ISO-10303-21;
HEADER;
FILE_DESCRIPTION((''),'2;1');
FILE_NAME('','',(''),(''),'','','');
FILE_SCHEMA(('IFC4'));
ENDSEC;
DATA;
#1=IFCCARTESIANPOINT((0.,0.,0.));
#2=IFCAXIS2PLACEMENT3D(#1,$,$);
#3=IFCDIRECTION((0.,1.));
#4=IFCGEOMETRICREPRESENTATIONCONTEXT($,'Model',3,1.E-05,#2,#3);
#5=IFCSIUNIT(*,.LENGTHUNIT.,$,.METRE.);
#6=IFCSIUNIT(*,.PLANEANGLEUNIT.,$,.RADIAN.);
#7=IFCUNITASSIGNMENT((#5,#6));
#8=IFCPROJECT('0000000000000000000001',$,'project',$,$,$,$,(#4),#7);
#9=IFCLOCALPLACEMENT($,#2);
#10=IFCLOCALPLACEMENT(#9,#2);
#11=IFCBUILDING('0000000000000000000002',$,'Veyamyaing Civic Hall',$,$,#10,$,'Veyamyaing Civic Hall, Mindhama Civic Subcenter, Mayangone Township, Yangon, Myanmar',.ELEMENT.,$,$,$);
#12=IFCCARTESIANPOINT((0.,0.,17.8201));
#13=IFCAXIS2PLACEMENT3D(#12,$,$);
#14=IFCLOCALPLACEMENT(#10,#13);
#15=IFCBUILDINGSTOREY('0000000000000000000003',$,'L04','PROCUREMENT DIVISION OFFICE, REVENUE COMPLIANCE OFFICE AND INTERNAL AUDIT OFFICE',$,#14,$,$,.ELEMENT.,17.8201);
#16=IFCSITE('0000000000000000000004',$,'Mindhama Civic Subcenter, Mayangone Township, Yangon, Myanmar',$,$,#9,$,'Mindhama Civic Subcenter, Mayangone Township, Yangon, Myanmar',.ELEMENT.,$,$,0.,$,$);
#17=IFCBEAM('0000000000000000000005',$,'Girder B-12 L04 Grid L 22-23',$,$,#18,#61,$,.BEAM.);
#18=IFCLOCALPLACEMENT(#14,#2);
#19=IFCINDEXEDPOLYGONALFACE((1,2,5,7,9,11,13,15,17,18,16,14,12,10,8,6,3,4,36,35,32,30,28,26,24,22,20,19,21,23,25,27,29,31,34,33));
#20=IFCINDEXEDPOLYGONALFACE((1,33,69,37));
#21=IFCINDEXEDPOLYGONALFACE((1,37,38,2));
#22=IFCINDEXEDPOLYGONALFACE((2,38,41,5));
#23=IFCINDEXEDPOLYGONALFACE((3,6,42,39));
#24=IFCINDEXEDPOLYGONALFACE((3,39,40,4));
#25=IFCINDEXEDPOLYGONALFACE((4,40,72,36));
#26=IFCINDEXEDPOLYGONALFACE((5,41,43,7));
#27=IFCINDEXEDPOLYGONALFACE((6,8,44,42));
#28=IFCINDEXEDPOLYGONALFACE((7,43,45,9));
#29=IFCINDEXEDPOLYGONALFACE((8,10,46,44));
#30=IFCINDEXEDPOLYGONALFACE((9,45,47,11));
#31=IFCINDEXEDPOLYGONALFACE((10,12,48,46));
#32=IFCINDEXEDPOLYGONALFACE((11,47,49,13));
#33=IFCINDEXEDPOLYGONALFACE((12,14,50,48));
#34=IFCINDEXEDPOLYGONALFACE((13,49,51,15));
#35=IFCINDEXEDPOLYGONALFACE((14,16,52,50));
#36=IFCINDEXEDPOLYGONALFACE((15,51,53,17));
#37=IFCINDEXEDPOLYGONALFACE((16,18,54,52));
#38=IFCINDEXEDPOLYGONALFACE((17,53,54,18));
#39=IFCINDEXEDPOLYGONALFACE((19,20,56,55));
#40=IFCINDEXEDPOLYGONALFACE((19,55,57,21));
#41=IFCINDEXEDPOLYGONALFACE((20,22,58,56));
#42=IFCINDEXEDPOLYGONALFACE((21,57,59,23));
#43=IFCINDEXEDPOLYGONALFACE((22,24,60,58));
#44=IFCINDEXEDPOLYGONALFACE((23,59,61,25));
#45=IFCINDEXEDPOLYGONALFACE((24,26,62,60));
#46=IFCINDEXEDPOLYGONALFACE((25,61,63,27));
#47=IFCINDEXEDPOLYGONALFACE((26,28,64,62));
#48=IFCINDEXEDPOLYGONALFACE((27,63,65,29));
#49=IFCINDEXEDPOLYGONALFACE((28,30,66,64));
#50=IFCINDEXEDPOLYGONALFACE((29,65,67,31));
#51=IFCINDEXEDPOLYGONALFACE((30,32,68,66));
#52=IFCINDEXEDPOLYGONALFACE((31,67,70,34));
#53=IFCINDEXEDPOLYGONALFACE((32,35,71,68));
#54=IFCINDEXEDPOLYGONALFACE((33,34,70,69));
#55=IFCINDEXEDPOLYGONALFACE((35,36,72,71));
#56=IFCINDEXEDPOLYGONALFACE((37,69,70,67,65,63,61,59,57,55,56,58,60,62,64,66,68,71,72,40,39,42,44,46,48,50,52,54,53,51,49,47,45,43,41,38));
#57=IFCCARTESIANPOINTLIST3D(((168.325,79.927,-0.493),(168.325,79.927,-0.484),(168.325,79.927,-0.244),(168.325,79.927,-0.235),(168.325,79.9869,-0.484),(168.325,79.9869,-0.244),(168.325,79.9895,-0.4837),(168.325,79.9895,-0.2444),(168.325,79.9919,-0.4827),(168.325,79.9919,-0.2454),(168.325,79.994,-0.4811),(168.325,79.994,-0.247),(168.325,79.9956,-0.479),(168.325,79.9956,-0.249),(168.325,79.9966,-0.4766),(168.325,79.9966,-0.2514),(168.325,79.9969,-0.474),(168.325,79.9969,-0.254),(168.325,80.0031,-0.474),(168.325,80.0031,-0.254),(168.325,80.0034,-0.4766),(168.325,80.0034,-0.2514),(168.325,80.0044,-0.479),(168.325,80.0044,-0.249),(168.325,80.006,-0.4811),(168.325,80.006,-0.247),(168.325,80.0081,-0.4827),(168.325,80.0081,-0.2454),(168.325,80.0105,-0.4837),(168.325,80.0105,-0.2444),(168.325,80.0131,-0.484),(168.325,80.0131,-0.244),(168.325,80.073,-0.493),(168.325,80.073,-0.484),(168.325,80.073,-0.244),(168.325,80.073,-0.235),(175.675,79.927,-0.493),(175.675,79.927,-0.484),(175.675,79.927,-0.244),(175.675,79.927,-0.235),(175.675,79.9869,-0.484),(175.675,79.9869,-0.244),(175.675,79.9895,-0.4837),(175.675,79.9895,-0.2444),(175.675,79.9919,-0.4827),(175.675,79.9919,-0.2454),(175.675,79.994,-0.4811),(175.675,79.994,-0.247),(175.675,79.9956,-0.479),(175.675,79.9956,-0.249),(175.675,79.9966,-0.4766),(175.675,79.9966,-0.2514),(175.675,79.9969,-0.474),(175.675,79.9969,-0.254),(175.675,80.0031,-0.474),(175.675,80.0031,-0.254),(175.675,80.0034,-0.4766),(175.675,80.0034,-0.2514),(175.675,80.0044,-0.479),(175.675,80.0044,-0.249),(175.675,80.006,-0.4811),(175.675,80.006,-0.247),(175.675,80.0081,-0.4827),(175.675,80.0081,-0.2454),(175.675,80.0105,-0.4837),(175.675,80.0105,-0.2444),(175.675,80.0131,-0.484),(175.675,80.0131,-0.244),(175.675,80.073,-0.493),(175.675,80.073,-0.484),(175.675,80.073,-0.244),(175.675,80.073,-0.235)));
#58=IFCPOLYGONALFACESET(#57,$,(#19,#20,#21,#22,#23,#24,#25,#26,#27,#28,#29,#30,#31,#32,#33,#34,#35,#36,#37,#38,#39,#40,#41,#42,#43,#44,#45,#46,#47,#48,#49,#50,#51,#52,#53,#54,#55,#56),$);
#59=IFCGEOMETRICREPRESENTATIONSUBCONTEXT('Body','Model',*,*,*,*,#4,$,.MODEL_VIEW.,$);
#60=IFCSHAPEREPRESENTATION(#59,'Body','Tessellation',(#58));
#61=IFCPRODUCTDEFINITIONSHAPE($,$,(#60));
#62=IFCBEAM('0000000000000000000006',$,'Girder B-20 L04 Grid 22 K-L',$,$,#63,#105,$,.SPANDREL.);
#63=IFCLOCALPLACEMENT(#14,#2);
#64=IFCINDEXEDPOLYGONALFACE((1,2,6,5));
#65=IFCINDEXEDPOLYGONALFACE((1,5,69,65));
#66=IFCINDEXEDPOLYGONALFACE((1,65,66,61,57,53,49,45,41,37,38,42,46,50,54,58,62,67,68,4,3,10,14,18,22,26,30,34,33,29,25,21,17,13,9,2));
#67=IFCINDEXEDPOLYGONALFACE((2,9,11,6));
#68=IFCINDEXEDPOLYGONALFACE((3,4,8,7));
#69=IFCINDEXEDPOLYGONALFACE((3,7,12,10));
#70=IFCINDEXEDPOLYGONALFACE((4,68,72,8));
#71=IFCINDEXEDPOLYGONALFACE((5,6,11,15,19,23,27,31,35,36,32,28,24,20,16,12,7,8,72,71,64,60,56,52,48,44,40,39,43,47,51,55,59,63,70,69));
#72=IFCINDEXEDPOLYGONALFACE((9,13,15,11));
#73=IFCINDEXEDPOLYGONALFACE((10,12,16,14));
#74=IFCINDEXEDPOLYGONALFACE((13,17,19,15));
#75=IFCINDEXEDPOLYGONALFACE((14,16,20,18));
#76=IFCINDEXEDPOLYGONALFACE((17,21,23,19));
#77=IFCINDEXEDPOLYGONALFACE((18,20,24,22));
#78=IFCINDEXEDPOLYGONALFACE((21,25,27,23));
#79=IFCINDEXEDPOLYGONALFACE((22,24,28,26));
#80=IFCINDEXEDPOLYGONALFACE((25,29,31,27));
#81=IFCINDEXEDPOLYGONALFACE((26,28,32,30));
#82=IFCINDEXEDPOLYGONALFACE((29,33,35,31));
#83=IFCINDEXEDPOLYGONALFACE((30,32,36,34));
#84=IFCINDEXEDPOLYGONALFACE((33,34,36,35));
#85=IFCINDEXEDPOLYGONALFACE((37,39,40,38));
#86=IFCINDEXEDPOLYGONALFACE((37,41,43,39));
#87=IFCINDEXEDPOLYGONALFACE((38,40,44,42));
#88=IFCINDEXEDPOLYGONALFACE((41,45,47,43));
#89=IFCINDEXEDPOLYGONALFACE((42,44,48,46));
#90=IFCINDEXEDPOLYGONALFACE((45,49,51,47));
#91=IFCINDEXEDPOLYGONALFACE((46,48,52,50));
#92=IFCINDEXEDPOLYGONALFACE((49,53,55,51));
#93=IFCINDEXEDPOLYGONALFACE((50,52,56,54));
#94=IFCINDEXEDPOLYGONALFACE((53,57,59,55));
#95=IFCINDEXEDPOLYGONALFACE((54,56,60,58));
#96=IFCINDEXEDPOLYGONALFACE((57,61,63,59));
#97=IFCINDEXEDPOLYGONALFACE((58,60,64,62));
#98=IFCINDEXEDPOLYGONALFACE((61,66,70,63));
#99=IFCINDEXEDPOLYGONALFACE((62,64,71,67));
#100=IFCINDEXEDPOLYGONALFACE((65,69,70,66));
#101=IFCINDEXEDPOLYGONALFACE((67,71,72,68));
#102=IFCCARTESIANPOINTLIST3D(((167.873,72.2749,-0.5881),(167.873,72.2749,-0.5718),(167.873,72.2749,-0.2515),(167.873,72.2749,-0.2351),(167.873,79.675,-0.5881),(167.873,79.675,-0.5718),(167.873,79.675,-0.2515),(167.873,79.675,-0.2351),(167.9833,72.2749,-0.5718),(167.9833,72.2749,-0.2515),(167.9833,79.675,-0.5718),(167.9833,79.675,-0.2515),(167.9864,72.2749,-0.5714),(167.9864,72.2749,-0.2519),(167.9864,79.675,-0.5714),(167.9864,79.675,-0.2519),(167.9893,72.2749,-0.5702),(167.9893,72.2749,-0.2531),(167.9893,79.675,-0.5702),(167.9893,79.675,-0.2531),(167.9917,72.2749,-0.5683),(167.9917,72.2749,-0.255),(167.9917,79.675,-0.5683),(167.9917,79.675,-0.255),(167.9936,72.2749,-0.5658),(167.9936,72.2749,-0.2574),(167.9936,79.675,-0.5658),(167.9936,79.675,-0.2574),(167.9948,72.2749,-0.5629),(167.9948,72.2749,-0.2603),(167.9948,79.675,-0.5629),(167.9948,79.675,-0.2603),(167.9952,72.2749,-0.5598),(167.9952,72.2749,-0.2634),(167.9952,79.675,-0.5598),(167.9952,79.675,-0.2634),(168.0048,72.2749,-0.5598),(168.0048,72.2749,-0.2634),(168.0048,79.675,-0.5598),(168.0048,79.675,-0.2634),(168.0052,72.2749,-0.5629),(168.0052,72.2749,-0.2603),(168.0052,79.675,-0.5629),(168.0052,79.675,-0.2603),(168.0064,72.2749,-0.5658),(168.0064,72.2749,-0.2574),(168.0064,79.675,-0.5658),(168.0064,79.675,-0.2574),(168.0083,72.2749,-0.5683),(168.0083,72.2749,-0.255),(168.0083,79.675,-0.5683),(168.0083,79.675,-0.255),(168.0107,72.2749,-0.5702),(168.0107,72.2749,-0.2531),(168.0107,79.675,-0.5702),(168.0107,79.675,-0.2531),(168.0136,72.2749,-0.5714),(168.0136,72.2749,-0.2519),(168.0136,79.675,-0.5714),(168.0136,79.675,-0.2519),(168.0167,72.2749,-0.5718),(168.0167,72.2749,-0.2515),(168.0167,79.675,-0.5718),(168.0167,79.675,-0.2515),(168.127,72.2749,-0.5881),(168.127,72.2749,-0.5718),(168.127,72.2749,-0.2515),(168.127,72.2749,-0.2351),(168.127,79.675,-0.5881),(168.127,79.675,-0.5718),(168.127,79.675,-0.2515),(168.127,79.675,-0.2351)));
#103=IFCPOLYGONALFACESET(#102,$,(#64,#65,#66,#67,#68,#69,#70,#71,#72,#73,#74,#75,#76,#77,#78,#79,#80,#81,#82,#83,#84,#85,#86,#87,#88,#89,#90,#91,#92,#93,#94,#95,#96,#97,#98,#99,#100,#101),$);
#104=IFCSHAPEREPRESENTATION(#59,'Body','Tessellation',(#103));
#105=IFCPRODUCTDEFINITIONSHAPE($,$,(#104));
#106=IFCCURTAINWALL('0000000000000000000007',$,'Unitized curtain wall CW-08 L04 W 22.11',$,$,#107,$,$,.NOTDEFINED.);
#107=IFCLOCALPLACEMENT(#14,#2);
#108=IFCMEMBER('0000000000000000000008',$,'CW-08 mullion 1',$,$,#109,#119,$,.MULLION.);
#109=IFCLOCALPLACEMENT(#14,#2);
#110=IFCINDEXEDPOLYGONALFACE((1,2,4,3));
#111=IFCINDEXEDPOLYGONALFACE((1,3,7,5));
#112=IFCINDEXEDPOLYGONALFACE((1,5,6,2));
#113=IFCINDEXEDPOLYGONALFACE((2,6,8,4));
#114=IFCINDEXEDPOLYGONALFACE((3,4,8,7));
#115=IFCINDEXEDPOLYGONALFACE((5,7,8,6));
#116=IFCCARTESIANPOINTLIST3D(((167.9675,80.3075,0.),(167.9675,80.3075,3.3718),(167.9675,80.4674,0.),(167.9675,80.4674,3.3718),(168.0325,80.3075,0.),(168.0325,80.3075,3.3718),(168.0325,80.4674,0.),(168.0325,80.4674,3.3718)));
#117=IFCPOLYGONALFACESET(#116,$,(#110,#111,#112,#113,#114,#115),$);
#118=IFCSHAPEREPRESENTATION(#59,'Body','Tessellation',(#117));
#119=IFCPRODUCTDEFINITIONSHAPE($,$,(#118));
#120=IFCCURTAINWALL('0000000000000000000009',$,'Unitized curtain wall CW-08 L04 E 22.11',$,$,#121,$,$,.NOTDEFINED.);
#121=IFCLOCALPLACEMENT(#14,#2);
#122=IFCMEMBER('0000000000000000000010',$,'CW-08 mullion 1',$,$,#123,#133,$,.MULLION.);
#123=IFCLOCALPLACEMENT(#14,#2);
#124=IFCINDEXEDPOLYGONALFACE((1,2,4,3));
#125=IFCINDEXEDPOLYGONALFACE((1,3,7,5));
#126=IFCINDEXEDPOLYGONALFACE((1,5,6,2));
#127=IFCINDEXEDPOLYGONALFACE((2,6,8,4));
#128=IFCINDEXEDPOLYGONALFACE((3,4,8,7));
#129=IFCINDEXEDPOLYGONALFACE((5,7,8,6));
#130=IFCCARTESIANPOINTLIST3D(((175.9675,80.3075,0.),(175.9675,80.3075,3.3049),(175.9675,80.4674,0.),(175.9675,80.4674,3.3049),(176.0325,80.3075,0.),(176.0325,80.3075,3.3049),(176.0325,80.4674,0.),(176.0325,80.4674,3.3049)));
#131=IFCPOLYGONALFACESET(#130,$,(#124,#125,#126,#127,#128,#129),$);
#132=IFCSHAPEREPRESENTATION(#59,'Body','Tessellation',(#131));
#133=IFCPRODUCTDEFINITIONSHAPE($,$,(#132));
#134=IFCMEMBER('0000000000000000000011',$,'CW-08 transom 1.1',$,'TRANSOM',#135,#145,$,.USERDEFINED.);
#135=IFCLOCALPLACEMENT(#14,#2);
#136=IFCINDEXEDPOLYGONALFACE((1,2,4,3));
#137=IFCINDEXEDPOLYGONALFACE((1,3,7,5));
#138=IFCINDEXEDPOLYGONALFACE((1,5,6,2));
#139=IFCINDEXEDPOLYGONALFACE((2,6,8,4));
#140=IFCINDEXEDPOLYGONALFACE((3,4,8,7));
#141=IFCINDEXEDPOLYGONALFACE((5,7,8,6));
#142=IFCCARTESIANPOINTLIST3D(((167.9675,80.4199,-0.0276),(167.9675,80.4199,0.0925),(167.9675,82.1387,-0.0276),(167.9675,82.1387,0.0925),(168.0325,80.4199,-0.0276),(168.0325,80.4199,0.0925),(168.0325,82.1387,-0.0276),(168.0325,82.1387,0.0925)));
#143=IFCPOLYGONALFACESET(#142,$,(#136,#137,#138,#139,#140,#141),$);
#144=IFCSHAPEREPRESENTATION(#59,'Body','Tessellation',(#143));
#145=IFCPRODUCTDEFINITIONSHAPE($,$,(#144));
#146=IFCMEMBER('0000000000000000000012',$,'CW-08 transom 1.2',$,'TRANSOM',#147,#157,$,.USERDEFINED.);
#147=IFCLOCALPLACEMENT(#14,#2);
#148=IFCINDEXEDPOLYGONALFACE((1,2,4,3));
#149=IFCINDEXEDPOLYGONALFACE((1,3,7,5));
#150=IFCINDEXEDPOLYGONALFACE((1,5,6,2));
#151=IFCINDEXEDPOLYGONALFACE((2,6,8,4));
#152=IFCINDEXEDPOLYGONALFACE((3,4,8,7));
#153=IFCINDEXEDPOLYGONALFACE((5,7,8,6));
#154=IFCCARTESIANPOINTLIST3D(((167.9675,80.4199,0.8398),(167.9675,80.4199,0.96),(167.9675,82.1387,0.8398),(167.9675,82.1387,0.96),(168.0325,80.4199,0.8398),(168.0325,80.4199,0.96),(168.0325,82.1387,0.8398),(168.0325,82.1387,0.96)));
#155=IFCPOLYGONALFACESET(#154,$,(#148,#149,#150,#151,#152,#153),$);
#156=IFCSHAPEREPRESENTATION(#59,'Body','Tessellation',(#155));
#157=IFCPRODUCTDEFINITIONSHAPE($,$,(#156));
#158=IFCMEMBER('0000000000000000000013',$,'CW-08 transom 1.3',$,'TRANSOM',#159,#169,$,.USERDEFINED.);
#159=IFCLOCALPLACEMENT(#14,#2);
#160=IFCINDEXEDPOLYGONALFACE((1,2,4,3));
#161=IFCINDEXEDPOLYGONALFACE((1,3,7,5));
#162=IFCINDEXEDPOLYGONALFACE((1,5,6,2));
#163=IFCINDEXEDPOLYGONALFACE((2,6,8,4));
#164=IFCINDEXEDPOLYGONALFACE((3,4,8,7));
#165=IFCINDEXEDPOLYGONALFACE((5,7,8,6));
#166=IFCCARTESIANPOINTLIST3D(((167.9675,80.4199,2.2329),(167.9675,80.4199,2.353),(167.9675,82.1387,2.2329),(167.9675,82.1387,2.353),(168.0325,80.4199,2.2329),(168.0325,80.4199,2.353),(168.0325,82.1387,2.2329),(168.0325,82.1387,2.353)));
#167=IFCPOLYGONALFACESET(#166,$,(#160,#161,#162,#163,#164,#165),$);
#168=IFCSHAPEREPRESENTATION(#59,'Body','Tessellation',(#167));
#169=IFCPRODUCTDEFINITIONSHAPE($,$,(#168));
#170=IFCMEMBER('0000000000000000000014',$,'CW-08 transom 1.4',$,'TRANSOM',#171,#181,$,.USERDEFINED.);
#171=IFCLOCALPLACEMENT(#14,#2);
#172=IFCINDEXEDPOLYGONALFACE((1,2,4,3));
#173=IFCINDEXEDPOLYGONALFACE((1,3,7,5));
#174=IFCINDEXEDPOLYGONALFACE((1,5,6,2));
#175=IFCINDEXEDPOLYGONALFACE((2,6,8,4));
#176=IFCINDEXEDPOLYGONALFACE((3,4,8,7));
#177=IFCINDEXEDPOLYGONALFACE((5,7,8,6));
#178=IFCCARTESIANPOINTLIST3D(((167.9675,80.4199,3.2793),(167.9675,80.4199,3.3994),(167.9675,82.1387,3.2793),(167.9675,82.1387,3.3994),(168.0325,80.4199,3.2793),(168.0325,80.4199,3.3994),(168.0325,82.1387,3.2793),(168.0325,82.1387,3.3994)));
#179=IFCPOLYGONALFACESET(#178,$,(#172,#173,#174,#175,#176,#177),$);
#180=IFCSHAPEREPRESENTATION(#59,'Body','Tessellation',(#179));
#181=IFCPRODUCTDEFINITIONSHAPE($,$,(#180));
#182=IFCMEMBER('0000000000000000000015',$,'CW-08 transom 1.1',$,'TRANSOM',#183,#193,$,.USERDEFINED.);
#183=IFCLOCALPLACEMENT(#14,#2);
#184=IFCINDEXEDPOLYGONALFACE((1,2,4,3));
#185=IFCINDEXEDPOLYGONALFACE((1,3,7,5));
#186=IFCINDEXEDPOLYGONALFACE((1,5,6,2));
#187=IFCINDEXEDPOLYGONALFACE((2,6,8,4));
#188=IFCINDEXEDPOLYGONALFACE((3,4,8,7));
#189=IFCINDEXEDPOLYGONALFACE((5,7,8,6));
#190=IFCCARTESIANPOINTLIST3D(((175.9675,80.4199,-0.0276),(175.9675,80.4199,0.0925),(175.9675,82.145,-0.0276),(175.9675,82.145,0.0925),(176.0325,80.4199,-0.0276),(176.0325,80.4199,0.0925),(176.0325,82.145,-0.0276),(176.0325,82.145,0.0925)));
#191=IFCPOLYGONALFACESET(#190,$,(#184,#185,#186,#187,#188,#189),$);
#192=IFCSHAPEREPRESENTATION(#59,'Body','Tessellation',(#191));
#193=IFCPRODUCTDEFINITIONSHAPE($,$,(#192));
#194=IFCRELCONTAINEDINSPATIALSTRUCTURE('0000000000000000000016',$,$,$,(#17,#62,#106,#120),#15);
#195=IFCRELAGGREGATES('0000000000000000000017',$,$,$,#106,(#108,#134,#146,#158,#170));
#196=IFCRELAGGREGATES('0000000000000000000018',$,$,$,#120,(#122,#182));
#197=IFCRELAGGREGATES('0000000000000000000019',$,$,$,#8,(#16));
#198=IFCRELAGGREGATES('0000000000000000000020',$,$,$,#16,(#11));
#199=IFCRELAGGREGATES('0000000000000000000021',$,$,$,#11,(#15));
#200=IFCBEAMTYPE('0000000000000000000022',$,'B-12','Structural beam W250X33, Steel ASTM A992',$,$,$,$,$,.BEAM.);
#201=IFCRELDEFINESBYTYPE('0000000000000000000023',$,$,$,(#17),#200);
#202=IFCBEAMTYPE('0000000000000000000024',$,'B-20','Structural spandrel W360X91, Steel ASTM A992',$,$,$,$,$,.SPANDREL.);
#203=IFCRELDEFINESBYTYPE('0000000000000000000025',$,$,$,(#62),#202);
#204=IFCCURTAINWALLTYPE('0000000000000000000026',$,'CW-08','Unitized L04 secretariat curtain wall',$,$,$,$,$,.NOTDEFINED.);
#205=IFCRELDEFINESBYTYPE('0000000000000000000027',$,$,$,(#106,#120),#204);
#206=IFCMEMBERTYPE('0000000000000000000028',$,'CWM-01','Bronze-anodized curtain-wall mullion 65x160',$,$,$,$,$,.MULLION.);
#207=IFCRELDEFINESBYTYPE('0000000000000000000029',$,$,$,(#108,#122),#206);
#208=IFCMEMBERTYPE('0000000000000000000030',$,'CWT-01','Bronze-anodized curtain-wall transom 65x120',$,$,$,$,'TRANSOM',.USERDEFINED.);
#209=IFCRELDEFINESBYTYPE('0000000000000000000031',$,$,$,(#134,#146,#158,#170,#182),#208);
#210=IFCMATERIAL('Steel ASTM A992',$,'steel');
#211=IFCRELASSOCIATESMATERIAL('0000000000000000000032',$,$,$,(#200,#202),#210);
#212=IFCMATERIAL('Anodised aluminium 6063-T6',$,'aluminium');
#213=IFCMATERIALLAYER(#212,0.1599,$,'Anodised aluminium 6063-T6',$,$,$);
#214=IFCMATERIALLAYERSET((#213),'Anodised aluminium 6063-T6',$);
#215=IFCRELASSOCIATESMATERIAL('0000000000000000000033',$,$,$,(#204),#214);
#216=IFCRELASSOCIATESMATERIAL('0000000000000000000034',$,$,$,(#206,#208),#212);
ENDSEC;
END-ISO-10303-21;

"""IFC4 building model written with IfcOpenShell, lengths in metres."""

from ifc_helpers import new_model, si_unit, direction, frame, origin, origin_2d, place, context, subcontext, project, spatial, rectangle, i_section, extrude, material, layer, layer_set, material_profile, profile_set, type_object, element, aggregate, save


model = new_model("IFC4")

# Units and contexts
model_context = context("Model", 3, precision=1e-05, world=origin(), true_north=direction((0.0, 1.0)))
body_context = subcontext(model_context, "Body", "Model", "MODEL_VIEW")
ifc_project = project(units=[si_unit("LENGTHUNIT", "METRE"), si_unit("PLANEANGLEUNIT", "RADIAN")], contexts=[model_context])

# Site, building, storey
site_placement = place(None, origin())
site = spatial("IfcSite", under=ifc_project, at=site_placement, Name="Mindhama Civic Subcenter, Mayangone Township, Yangon, Myanmar", LongName="Mindhama Civic Subcenter, Mayangone Township, Yangon, Myanmar", CompositionType="ELEMENT", RefElevation=0.0)
building_placement = place(site_placement, origin())
building = spatial("IfcBuilding", under=site, at=building_placement, Name="Veyamyaing Civic Hall", LongName="Veyamyaing Civic Hall, Mindhama Civic Subcenter, Mayangone Township, Yangon, Myanmar", CompositionType="ELEMENT")
storey_placement = place(building_placement, frame((0.0, 0.0, 17.8201)))
storey = spatial("IfcBuildingStorey", under=building, at=storey_placement, Name="L04", Description="PROCUREMENT DIVISION OFFICE, REVENUE COMPLIANCE OFFICE AND INTERNAL AUDIT OFFICE", CompositionType="ELEMENT", Elevation=17.8201)

# Beams
ifc_material_1 = material(Name="Steel ASTM A992", Category="steel")
ifc_material_profile_1 = material_profile(ifc_material_1, i_section(OverallWidth=0.146, OverallDepth=0.2581, WebThickness=0.0061, FlangeThickness=0.009, FilletRadius=0.01, at=origin_2d()), Name="W250X33")
ifc_profile_set_1 = profile_set([ifc_material_profile_1], Name="Steel ASTM A992")
beam_type_1 = type_object("IfcBeamType", Name="B-12", Description="Structural beam W250X33, Steel ASTM A992", PredefinedType="BEAM", material=ifc_profile_set_1)
beam_1_placement = place(storey_placement, frame((168.325, 80.0, -0.364), z_axis=(1.0, 0.0, 0.0), x_axis=(0.0, 1.0, 0.0)))
element("IfcBeam", 1, at=beam_1_placement, inside=storey, type_object=beam_type_1, Name="Girder B-12 L04 Grid L 22-23", PredefinedType="BEAM", context=body_context, shape_type="SweptSolid", body=[
    extrude(i_section(OverallWidth=0.146, OverallDepth=0.2581, WebThickness=0.0061, FlangeThickness=0.009, FilletRadius=0.01, at=origin_2d()), origin(), (0.0, 0.0, 1.0), 7.3501),
])
ifc_material_profile_2 = material_profile(ifc_material_1, i_section(OverallWidth=0.2539, OverallDepth=0.353, WebThickness=0.0095, FlangeThickness=0.0164, FilletRadius=0.012, at=origin_2d()), Name="W360X91")
ifc_profile_set_2 = profile_set([ifc_material_profile_2], Name="Steel ASTM A992")
beam_type_2 = type_object("IfcBeamType", Name="B-20", Description="Structural spandrel W360X91, Steel ASTM A992", PredefinedType="SPANDREL", material=ifc_profile_set_2)
beam_2_placement = place(storey_placement, frame((168.0, 72.2749, -0.4116), z_axis=(0.0, 1.0, 0.0), x_axis=(-1.0, 0.0, 0.0)))
element("IfcBeam", 2, at=beam_2_placement, inside=storey, type_object=beam_type_2, Name="Girder B-20 L04 Grid 22 K-L", PredefinedType="SPANDREL", context=body_context, shape_type="SweptSolid", body=[
    extrude(i_section(OverallWidth=0.2539, OverallDepth=0.353, WebThickness=0.0095, FlangeThickness=0.0164, FilletRadius=0.012, at=origin_2d()), origin(), (0.0, 0.0, 1.0), 7.4001),
])

# Curtain walls, members
ifc_material_2 = material(Name="Anodised aluminium 6063-T6", Category="aluminium")
ifc_layer_1 = layer(ifc_material_2, 0.1599, Name="Anodised aluminium 6063-T6")
ifc_layer_set_1 = layer_set([ifc_layer_1], Name="Anodised aluminium 6063-T6")
curtain_wall_type = type_object("IfcCurtainWallType", Name="CW-08", Description="Unitized L04 secretariat curtain wall", PredefinedType="NOTDEFINED", material=ifc_layer_set_1)
curtain_wall_1_placement = place(storey_placement, origin())
curtain_wall_1 = element("IfcCurtainWall", 3, at=curtain_wall_1_placement, inside=storey, type_object=curtain_wall_type, Name="Unitized curtain wall CW-08 L04 W 22.11", PredefinedType="NOTDEFINED")
ifc_material_profile_3 = material_profile(ifc_material_2, rectangle(XDim=0.0649, YDim=0.1599, at=origin_2d()), Name="ALU-MUL-65X160")
ifc_profile_set_3 = profile_set([ifc_material_profile_3], Name="Anodised aluminium 6063-T6")
member_type_1 = type_object("IfcMemberType", Name="CWM-01", Description="Bronze-anodized curtain-wall mullion 65x160", PredefinedType="MULLION", material=ifc_profile_set_3)
member_1_placement = place(storey_placement, frame((168.0, 80.3875, 0.0), z_axis=(0.0, 0.0, 1.0), x_axis=(-1.0, 0.0, 0.0)))
member_1 = element("IfcMember", 4, at=member_1_placement, type_object=member_type_1, Name="CW-08 mullion 1", PredefinedType="MULLION", context=body_context, shape_type="SweptSolid", body=[
    extrude(rectangle(XDim=0.0649, YDim=0.1599, at=origin_2d()), origin(), (0.0, 0.0, 1.0), 3.3718),
])
curtain_wall_2_placement = place(storey_placement, origin())
curtain_wall_2 = element("IfcCurtainWall", 5, at=curtain_wall_2_placement, inside=storey, type_object=curtain_wall_type, Name="Unitized curtain wall CW-08 L04 E 22.11", PredefinedType="NOTDEFINED")
member_2_placement = place(storey_placement, frame((176.0, 80.3875, 0.0), z_axis=(0.0, 0.0, 1.0), x_axis=(-1.0, 0.0, 0.0)))
member_2 = element("IfcMember", 6, at=member_2_placement, type_object=member_type_1, Name="CW-08 mullion 1", PredefinedType="MULLION", context=body_context, shape_type="SweptSolid", body=[
    extrude(rectangle(XDim=0.0649, YDim=0.1599, at=origin_2d()), origin(), (0.0, 0.0, 1.0), 3.3049),
])

# Members
ifc_material_profile_4 = material_profile(ifc_material_2, rectangle(XDim=0.0649, YDim=0.1201, at=origin_2d()), Name="ALU-TRN-65X120")
ifc_profile_set_4 = profile_set([ifc_material_profile_4], Name="Anodised aluminium 6063-T6")
member_type_2 = type_object("IfcMemberType", Name="CWT-01", Description="Bronze-anodized curtain-wall transom 65x120", ElementType="TRANSOM", PredefinedType="USERDEFINED", material=ifc_profile_set_4)
member_3_placement = place(storey_placement, frame((168.0, 80.4199, 0.0325), z_axis=(0.0, 1.0, 0.0), x_axis=(-1.0, 0.0, 0.0)))
member_3 = element("IfcMember", 7, at=member_3_placement, type_object=member_type_2, Name="CW-08 transom 1.1", ObjectType="TRANSOM", PredefinedType="USERDEFINED", context=body_context, shape_type="SweptSolid", body=[
    extrude(rectangle(XDim=0.0649, YDim=0.1201, at=origin_2d()), origin(), (0.0, 0.0, 1.0), 1.7188),
])
member_4_placement = place(storey_placement, frame((168.0, 80.4199, 0.8999), z_axis=(0.0, 1.0, 0.0), x_axis=(-1.0, 0.0, 0.0)))
member_4 = element("IfcMember", 8, at=member_4_placement, type_object=member_type_2, Name="CW-08 transom 1.2", ObjectType="TRANSOM", PredefinedType="USERDEFINED", context=body_context, shape_type="SweptSolid", body=[
    extrude(rectangle(XDim=0.0649, YDim=0.1201, at=origin_2d()), origin(), (0.0, 0.0, 1.0), 1.7188),
])
member_5_placement = place(storey_placement, frame((168.0, 80.4199, 2.293), z_axis=(0.0, 1.0, 0.0), x_axis=(-1.0, 0.0, 0.0)))
member_5 = element("IfcMember", 9, at=member_5_placement, type_object=member_type_2, Name="CW-08 transom 1.3", ObjectType="TRANSOM", PredefinedType="USERDEFINED", context=body_context, shape_type="SweptSolid", body=[
    extrude(rectangle(XDim=0.0649, YDim=0.1201, at=origin_2d()), origin(), (0.0, 0.0, 1.0), 1.7188),
])
member_6_placement = place(storey_placement, frame((168.0, 80.4199, 3.3394), z_axis=(0.0, 1.0, 0.0), x_axis=(-1.0, 0.0, 0.0)))
member_6 = element("IfcMember", 10, at=member_6_placement, type_object=member_type_2, Name="CW-08 transom 1.4", ObjectType="TRANSOM", PredefinedType="USERDEFINED", context=body_context, shape_type="SweptSolid", body=[
    extrude(rectangle(XDim=0.0649, YDim=0.1201, at=origin_2d()), origin(), (0.0, 0.0, 1.0), 1.7188),
])
aggregate(curtain_wall_1, [member_1, member_3, member_4, member_5, member_6])
member_7_placement = place(storey_placement, frame((176.0, 80.4199, 0.0325), z_axis=(0.0, 1.0, 0.0), x_axis=(-1.0, 0.0, 0.0)))
member_7 = element("IfcMember", 11, at=member_7_placement, type_object=member_type_2, Name="CW-08 transom 1.1", ObjectType="TRANSOM", PredefinedType="USERDEFINED", context=body_context, shape_type="SweptSolid", body=[
    extrude(rectangle(XDim=0.0649, YDim=0.1201, at=origin_2d()), origin(), (0.0, 0.0, 1.0), 1.7251),
])
aggregate(curtain_wall_2, [member_2, member_7])

save(model, "model.ifc")
